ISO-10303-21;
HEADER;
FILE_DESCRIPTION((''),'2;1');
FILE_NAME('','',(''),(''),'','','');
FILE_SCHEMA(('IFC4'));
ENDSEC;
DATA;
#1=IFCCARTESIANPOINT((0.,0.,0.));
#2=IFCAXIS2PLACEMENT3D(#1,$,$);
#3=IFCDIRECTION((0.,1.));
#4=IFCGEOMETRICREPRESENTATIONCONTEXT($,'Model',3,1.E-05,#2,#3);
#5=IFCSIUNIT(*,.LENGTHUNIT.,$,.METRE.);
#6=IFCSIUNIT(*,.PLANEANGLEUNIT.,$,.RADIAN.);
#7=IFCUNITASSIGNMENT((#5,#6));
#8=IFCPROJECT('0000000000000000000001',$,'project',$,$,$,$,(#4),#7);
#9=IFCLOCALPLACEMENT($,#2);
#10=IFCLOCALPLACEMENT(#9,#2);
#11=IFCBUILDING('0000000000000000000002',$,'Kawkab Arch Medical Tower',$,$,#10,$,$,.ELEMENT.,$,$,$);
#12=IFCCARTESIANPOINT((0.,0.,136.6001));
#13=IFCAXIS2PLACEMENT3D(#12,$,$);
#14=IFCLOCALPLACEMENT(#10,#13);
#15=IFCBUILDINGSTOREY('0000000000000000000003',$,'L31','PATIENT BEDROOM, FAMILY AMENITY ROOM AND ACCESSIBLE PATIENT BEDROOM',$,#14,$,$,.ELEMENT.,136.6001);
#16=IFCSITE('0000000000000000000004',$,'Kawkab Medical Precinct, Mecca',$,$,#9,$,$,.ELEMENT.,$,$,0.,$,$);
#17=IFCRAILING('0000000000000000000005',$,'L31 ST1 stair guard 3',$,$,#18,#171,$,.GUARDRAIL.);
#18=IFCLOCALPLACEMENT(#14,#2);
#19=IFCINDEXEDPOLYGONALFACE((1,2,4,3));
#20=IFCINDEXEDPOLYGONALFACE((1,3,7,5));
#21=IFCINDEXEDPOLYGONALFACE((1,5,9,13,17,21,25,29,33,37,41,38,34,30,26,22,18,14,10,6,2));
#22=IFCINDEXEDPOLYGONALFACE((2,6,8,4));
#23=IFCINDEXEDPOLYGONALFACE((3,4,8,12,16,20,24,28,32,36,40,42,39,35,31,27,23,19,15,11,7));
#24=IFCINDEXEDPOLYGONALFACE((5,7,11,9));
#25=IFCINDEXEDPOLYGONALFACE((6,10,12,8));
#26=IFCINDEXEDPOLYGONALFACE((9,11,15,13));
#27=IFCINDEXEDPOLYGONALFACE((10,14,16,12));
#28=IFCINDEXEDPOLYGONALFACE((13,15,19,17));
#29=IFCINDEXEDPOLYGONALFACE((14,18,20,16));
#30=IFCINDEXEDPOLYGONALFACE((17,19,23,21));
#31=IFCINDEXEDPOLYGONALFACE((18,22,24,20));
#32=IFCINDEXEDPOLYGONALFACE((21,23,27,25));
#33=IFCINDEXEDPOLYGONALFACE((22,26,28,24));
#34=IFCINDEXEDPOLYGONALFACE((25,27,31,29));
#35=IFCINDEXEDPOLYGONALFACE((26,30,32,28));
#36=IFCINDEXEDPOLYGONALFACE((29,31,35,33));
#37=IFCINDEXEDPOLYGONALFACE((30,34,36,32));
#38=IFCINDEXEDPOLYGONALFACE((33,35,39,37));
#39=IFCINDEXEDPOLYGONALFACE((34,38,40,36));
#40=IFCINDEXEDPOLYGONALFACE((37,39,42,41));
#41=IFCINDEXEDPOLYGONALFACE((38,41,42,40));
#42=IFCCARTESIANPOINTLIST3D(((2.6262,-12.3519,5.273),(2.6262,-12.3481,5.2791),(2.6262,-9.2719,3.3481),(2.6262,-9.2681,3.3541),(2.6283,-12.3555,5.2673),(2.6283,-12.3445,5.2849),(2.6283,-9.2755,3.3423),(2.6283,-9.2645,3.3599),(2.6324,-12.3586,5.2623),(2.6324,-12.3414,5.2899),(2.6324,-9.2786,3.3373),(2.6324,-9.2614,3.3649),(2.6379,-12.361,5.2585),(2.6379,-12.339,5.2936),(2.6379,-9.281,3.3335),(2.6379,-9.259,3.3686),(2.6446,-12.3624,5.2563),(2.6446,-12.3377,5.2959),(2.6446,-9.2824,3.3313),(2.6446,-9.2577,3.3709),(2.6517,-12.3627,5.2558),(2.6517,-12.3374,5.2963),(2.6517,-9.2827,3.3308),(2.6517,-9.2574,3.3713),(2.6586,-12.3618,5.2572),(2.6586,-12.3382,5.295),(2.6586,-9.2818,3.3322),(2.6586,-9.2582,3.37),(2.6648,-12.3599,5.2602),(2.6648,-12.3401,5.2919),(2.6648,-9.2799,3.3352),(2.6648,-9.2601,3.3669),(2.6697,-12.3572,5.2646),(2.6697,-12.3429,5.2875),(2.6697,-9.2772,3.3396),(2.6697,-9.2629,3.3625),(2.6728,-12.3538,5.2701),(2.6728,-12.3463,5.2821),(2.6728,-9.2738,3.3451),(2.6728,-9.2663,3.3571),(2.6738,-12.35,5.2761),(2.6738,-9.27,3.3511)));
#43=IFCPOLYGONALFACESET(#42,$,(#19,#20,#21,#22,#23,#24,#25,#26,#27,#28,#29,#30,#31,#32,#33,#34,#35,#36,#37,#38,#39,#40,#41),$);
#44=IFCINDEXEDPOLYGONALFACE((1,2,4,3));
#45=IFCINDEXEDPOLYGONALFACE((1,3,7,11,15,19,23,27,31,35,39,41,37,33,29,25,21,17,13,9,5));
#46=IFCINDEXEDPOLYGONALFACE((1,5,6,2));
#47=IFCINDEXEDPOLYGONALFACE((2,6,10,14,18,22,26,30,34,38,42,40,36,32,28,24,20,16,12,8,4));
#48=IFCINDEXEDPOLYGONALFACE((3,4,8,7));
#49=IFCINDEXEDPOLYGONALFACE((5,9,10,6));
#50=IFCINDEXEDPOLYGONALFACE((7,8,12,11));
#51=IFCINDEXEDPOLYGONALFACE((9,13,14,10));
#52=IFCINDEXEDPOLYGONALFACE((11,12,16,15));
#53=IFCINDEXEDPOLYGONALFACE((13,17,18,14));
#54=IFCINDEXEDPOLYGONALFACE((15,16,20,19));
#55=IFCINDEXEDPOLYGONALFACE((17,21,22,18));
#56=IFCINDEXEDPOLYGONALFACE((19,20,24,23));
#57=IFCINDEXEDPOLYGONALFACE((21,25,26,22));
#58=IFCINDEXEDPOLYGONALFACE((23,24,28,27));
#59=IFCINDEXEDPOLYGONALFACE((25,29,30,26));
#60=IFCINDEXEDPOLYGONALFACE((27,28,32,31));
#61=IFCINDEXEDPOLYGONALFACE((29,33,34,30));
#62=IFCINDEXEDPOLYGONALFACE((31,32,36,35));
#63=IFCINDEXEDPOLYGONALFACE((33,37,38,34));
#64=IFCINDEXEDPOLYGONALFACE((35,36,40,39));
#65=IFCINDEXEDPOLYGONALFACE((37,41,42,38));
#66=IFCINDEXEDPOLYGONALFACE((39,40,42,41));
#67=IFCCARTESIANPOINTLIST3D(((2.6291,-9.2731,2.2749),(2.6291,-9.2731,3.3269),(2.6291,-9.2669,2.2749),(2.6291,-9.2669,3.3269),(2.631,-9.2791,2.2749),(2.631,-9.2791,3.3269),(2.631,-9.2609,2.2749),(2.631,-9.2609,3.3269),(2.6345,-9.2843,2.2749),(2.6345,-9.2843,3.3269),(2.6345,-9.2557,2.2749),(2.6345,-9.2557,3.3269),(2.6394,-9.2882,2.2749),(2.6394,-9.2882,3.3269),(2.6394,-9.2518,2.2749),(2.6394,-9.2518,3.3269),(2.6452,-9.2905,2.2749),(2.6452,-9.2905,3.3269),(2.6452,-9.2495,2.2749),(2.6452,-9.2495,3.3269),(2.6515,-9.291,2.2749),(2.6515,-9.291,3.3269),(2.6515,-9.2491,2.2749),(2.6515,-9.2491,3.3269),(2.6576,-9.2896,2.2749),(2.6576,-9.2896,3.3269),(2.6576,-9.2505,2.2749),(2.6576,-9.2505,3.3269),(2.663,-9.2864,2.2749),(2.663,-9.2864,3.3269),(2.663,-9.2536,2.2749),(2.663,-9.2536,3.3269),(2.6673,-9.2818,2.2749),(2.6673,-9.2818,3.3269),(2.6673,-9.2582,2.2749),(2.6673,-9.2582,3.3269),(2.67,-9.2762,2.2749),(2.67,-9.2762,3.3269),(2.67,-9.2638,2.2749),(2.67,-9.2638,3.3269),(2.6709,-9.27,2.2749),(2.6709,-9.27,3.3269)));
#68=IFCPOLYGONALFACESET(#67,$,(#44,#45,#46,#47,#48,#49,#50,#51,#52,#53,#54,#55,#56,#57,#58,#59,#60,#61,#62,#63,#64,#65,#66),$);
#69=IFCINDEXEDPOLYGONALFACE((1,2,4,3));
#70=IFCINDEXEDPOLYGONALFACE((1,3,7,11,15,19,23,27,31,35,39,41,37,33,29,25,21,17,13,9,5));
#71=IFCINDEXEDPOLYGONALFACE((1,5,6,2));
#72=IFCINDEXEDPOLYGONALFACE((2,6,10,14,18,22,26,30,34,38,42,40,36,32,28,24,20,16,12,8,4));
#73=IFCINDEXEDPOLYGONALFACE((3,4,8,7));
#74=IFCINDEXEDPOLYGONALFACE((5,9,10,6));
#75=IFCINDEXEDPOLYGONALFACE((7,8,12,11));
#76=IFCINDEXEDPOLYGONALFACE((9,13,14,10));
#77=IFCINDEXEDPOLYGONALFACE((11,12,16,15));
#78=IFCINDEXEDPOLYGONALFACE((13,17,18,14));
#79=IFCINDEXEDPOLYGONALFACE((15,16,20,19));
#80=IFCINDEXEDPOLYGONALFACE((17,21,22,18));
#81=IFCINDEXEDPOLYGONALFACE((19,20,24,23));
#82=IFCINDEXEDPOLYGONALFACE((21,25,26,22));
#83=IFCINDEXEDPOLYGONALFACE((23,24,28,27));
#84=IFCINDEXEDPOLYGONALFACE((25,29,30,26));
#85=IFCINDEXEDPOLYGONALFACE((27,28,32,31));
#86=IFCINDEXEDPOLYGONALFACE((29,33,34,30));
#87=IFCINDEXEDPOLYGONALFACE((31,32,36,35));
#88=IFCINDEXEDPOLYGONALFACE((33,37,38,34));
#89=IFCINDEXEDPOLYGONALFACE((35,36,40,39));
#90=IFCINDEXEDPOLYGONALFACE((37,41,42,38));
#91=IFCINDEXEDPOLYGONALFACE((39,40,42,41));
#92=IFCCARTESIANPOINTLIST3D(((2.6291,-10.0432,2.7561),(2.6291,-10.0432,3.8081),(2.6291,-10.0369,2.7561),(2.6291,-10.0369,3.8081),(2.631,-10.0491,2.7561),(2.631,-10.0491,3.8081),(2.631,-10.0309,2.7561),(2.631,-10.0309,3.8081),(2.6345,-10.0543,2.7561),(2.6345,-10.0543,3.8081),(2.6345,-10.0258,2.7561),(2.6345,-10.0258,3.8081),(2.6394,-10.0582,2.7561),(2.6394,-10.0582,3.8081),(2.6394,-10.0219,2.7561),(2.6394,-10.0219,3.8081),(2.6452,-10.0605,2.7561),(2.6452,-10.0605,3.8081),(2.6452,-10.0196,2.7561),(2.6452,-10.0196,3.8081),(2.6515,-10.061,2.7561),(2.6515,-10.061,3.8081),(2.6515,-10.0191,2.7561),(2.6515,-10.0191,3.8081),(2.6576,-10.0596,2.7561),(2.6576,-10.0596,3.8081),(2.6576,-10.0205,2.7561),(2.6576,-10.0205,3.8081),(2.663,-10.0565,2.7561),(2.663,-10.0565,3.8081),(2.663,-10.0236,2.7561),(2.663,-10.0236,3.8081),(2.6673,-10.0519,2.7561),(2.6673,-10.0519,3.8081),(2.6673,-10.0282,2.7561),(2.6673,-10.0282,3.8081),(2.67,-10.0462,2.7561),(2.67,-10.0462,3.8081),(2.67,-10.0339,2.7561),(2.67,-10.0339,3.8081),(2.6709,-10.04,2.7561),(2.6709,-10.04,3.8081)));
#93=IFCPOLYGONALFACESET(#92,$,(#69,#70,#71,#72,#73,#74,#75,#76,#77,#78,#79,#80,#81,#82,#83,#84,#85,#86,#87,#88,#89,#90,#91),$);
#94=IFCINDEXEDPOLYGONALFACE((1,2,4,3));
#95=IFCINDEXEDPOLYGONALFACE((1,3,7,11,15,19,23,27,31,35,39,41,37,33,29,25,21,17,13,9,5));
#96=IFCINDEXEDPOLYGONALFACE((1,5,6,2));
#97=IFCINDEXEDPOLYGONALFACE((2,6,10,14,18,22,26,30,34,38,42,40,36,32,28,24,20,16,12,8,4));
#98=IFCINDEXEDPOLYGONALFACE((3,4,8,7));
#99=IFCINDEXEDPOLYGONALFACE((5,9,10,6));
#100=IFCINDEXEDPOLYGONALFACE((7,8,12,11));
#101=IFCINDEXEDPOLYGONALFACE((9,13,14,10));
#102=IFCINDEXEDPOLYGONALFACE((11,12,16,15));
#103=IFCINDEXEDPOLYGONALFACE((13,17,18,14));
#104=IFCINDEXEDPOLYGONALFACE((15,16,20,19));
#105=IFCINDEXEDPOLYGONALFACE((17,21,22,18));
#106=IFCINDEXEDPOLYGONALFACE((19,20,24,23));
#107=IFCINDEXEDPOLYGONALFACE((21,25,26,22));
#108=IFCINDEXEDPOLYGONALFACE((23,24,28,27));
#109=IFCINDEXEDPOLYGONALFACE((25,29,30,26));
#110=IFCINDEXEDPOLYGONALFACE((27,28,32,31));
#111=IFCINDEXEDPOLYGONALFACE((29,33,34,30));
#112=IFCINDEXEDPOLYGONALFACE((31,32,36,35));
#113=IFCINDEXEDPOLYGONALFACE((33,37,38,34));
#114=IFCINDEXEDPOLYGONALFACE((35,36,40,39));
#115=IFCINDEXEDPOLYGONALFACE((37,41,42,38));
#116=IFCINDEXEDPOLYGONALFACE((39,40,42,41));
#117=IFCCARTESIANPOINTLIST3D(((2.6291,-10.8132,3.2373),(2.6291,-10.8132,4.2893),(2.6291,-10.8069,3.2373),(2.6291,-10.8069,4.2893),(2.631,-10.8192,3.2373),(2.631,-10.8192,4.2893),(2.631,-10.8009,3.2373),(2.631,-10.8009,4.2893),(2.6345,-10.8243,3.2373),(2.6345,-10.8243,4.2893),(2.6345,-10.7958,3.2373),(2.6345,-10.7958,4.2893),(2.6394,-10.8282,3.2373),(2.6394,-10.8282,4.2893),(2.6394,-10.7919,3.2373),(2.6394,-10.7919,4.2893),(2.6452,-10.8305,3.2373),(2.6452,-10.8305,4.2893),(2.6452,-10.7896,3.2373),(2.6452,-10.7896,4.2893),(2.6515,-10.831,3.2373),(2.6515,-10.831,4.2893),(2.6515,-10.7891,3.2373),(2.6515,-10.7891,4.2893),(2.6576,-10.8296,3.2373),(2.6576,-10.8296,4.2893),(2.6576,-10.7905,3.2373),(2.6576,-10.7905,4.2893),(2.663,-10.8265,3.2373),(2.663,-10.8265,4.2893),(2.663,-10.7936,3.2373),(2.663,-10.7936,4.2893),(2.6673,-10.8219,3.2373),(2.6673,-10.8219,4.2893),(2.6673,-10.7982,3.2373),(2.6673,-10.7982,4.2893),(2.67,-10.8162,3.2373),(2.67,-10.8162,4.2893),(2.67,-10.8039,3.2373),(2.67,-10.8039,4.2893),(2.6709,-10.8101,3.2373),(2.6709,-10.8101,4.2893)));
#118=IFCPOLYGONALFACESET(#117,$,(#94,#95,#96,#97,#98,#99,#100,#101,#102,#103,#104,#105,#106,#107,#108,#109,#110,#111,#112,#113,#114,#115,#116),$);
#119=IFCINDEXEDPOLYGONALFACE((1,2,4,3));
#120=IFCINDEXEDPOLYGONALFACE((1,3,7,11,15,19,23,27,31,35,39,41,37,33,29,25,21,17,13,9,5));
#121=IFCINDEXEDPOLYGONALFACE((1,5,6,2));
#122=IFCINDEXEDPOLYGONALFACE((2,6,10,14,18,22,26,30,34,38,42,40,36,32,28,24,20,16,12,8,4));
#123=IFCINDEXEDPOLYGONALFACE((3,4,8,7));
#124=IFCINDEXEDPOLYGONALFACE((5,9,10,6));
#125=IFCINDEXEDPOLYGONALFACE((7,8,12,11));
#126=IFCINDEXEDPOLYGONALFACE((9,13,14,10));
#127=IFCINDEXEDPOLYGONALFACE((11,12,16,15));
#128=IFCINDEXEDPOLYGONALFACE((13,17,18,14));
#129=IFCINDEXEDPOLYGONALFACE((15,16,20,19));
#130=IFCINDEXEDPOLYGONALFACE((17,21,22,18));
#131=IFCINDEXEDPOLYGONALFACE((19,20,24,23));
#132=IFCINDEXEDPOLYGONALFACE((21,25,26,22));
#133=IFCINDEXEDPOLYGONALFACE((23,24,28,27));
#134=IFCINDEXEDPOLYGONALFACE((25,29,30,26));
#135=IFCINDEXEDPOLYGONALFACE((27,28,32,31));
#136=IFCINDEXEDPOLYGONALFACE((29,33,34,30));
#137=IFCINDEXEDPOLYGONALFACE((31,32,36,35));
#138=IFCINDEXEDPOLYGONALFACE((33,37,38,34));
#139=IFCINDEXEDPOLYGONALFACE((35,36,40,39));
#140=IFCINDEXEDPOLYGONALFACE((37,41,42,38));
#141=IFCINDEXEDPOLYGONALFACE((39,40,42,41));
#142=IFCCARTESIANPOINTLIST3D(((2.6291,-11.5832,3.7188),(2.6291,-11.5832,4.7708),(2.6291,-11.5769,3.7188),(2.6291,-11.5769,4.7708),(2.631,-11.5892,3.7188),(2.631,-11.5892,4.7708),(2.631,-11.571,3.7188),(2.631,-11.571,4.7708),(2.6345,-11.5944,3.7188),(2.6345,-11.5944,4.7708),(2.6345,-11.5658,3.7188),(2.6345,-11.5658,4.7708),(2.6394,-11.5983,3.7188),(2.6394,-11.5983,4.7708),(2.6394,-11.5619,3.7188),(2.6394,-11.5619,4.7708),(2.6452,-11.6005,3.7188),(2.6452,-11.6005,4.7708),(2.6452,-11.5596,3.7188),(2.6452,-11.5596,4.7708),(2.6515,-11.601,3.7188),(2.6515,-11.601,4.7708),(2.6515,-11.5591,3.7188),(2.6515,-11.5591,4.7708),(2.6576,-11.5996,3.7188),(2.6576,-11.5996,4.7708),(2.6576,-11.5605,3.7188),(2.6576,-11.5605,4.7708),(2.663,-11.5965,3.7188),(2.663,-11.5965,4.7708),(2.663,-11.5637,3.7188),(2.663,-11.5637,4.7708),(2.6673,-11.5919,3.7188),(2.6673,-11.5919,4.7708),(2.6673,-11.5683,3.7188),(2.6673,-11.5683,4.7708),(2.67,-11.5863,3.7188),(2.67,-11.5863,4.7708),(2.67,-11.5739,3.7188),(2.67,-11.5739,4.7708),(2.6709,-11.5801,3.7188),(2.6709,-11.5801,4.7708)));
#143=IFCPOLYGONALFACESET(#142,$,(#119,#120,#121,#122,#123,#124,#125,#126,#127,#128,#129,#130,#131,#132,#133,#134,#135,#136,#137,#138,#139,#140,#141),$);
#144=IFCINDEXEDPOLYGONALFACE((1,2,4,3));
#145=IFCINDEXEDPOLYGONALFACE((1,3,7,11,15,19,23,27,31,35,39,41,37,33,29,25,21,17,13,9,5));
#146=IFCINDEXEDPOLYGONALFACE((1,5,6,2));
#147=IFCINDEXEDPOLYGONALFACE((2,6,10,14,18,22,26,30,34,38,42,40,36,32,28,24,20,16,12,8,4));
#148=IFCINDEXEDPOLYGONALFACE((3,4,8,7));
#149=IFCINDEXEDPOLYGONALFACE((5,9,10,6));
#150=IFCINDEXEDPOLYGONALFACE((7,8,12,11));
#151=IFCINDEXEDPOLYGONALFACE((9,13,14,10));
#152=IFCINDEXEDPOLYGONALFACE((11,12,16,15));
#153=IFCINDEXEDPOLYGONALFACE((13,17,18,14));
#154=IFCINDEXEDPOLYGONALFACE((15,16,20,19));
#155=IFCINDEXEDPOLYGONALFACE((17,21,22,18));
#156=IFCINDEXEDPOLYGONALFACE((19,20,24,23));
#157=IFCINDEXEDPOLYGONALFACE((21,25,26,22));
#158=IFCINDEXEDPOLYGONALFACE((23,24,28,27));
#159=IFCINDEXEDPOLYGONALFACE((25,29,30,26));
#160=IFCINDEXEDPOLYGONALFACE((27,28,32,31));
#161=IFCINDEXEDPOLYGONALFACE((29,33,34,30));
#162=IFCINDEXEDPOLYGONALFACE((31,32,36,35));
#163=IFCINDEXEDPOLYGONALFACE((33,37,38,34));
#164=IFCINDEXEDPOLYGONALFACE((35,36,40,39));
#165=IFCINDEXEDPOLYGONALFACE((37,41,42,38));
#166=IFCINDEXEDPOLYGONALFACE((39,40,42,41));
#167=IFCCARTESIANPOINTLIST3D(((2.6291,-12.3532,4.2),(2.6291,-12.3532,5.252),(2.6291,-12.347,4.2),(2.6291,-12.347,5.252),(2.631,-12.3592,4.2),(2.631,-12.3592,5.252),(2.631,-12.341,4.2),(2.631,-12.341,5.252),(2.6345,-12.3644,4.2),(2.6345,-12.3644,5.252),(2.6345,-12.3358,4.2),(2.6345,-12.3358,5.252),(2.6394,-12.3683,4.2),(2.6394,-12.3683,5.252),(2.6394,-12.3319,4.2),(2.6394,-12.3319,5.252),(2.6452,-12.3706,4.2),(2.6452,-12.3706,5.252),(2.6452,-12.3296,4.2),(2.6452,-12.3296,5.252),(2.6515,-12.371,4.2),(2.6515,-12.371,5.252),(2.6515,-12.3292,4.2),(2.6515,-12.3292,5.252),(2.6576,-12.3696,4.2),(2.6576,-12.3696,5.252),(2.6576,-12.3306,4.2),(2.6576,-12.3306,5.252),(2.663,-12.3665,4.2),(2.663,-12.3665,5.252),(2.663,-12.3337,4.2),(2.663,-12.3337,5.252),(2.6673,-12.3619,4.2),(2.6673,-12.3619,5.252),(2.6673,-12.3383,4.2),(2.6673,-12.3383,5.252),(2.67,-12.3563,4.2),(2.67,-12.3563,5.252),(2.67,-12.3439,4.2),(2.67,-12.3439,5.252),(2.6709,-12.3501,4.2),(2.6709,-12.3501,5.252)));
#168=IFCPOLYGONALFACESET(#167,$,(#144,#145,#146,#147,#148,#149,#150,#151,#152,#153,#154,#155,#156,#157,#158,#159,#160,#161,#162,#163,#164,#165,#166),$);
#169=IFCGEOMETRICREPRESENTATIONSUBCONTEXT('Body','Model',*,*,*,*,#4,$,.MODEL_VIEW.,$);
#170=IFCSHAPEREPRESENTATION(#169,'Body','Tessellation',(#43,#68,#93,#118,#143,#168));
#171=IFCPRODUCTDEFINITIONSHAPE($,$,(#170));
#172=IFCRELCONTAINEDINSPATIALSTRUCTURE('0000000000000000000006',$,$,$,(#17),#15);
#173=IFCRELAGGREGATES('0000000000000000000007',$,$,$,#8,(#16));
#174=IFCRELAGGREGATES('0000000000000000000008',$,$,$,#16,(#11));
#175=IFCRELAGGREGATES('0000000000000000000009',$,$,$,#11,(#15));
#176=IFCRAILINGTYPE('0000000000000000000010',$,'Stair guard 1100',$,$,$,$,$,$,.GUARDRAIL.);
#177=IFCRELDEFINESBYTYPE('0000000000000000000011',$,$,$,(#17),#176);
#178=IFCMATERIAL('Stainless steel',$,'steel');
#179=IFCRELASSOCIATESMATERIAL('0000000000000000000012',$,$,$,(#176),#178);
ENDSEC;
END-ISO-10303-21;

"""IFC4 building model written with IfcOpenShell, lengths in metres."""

from ifc_helpers import new_model, si_unit, direction, frame, origin, origin_2d, place, context, subcontext, project, spatial, circle, extrude, material, type_object, element, save


model = new_model("IFC4")

# Units and contexts
model_context = context("Model", 3, precision=1e-05, world=origin(), true_north=direction((0.0, 1.0)))
body_context = subcontext(model_context, "Body", "Model", "MODEL_VIEW")
ifc_project = project(units=[si_unit("LENGTHUNIT", "METRE"), si_unit("PLANEANGLEUNIT", "RADIAN")], contexts=[model_context])

# Site, building, storey
site_placement = place(None, origin())
site = spatial("IfcSite", under=ifc_project, at=site_placement, Name="Kawkab Medical Precinct, Mecca", CompositionType="ELEMENT", RefElevation=0.0)
building_placement = place(site_placement, origin())
building = spatial("IfcBuilding", under=site, at=building_placement, Name="Kawkab Arch Medical Tower", CompositionType="ELEMENT")
storey_placement = place(building_placement, frame((0.0, 0.0, 136.6001)))
storey = spatial("IfcBuildingStorey", under=building, at=storey_placement, Name="L31", Description="PATIENT BEDROOM, FAMILY AMENITY ROOM AND ACCESSIBLE PATIENT BEDROOM", CompositionType="ELEMENT", Elevation=136.6001)

# Railing
ifc_material_1 = material(Name="Stainless steel", Category="steel")
railing_type_1 = type_object("IfcRailingType", Name="Stair guard 1100", PredefinedType="GUARDRAIL", material=ifc_material_1)
railing_1_placement = place(storey_placement, frame((2.6499, -9.27, 2.2749)))
element("IfcRailing", 1, at=railing_1_placement, inside=storey, type_object=railing_type_1, Name="L31 ST1 stair guard 3", PredefinedType="GUARDRAIL", context=body_context, shape_type="SweptSolid", body=[
    extrude(circle(Radius=0.0239, at=origin_2d()), frame((0.0, 0.0, 1.0762), z_axis=(0.0, -0.847998, 0.529999), x_axis=(1.0, 0.0, 0.0)), (0.0, 0.0, 1.0), 3.6321),
    extrude(circle(Radius=0.021, at=origin_2d()), origin(), (0.0, 0.0, 1.0), 1.052),
    extrude(circle(Radius=0.021, at=origin_2d()), frame((0.0, -0.77, 0.4812)), (0.0, 0.0, 1.0), 1.052),
    extrude(circle(Radius=0.021, at=origin_2d()), frame((0.0, -1.54, 0.9624)), (0.0, 0.0, 1.0), 1.052),
    extrude(circle(Radius=0.021, at=origin_2d()), frame((0.0, -2.3101, 1.4438)), (0.0, 0.0, 1.0), 1.052),
    extrude(circle(Radius=0.021, at=origin_2d()), frame((0.0, -3.0801, 1.925)), (0.0, 0.0, 1.0), 1.052),
])

save(model, "model.ifc")
